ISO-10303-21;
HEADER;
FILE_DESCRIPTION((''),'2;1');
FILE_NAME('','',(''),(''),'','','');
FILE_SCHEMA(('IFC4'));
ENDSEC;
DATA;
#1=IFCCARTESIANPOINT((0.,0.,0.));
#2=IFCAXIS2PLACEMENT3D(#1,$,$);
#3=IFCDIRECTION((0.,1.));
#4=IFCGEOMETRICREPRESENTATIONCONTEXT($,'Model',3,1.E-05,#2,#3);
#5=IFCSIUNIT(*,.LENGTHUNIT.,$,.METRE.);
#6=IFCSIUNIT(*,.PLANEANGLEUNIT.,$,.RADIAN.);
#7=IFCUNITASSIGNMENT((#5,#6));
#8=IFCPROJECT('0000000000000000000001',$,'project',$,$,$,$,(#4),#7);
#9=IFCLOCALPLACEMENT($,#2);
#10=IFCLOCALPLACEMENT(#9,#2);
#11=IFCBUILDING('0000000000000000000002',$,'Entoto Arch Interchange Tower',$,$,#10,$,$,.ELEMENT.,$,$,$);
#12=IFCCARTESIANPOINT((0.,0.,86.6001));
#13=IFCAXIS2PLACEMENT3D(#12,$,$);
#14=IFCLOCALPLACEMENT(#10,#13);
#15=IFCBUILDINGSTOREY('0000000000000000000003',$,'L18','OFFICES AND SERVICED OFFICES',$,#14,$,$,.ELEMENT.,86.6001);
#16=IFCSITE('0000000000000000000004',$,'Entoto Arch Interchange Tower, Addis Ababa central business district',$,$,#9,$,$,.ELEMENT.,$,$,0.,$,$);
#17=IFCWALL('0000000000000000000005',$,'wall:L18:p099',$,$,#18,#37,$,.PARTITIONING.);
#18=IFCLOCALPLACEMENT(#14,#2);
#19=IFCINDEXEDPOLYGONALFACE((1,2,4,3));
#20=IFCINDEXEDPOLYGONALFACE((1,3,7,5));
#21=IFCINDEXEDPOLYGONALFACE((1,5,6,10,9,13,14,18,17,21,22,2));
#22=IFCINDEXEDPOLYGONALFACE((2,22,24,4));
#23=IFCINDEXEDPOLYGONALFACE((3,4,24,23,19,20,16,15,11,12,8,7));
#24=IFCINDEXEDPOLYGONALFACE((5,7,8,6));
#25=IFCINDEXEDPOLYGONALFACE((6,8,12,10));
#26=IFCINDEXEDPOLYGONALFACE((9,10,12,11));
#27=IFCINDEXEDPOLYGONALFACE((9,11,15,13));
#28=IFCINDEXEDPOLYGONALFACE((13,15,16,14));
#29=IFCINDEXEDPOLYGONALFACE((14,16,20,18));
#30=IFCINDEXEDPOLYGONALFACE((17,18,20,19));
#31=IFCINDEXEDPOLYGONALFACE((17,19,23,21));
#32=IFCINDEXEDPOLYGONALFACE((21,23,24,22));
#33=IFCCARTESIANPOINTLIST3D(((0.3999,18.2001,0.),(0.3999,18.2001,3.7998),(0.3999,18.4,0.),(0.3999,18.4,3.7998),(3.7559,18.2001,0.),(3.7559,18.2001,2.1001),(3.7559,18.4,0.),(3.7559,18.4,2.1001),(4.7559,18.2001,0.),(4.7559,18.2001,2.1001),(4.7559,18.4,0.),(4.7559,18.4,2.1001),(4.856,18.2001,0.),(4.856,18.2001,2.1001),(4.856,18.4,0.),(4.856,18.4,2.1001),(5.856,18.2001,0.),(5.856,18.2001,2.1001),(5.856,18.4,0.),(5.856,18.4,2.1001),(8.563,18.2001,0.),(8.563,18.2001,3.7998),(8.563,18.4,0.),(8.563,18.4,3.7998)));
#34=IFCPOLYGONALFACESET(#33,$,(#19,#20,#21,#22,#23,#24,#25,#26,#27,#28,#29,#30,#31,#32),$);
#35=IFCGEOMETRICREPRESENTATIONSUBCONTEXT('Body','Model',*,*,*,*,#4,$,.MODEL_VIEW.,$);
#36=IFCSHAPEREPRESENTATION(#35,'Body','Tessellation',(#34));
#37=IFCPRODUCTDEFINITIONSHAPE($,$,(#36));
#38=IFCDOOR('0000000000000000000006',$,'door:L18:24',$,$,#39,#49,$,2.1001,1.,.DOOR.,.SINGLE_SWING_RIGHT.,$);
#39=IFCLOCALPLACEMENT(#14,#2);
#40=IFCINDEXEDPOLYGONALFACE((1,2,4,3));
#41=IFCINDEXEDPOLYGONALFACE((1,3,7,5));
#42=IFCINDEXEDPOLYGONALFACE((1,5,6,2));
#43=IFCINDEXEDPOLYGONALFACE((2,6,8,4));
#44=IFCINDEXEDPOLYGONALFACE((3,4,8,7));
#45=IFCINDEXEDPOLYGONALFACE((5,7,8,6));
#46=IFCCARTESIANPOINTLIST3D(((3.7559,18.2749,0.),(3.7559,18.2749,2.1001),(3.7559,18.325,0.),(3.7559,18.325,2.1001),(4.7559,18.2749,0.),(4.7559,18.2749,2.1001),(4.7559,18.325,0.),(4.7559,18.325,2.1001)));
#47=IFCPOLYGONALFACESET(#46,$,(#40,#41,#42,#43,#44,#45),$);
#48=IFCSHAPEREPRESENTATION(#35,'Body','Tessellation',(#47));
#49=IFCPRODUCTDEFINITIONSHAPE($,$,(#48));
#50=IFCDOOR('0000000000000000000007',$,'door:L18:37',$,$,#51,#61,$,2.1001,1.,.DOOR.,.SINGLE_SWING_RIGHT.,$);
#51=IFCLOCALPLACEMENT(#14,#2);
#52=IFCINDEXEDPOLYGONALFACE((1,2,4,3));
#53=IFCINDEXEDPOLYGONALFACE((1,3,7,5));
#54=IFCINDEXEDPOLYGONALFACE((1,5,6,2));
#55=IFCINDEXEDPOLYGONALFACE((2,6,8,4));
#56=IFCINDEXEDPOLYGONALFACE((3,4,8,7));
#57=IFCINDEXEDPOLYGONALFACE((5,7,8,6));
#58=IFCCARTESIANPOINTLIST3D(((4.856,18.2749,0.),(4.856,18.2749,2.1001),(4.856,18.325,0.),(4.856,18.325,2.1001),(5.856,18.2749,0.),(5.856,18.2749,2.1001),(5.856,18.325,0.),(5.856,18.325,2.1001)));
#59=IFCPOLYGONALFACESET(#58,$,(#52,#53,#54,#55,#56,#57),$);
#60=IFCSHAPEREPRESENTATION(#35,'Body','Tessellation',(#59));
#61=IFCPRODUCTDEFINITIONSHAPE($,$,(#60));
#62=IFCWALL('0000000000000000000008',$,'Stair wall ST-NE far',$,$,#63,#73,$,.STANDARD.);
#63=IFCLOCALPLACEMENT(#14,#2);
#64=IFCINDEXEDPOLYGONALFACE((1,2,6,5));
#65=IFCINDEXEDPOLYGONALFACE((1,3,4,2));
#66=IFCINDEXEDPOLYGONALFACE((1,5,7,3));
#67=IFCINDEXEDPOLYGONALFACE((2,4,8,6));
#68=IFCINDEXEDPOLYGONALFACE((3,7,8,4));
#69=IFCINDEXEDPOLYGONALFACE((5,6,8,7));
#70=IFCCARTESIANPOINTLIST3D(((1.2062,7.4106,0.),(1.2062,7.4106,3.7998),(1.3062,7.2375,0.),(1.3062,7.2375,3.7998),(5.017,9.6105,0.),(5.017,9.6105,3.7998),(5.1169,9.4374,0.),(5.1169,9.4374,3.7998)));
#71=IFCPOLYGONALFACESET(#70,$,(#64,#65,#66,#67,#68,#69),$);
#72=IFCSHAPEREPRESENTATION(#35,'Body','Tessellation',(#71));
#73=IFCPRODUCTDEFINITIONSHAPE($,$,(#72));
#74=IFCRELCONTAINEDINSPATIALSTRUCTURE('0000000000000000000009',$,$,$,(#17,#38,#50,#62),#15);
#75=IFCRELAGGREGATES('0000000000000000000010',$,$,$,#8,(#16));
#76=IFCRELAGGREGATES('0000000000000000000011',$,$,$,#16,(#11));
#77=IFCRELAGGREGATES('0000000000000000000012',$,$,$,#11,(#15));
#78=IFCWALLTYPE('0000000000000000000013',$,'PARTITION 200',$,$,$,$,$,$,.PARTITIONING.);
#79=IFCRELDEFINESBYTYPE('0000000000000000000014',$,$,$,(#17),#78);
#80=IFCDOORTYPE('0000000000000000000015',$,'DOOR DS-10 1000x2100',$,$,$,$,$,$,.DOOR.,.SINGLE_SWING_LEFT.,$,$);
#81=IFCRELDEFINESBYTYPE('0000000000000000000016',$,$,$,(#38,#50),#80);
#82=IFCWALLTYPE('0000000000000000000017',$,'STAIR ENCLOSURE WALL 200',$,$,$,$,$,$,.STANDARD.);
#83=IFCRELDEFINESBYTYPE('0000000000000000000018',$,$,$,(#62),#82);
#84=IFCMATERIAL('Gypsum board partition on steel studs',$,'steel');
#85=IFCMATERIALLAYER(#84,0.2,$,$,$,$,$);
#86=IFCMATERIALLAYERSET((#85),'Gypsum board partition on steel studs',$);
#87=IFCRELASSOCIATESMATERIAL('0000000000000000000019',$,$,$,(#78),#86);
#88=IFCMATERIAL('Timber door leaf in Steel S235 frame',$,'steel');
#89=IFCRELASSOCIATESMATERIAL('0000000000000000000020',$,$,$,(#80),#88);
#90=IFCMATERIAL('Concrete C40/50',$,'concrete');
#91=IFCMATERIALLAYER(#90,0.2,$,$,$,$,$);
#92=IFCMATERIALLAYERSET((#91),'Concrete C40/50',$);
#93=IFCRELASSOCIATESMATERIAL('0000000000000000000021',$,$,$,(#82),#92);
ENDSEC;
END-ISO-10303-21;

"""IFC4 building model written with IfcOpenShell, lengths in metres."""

from ifc_helpers import new_model, si_unit, direction, frame, frame_2d, origin, place, context, subcontext, project, spatial, rectangle, extrude, material, layer, layer_set, type_object, element, fill, save


model = new_model("IFC4")

# Units and contexts
model_context = context("Model", 3, precision=1e-05, world=origin(), true_north=direction((0.0, 1.0)))
body_context = subcontext(model_context, "Body", "Model", "MODEL_VIEW")
ifc_project = project(units=[si_unit("LENGTHUNIT", "METRE"), si_unit("PLANEANGLEUNIT", "RADIAN")], contexts=[model_context])

# Site, building, storey
site_placement = place(None, origin())
site = spatial("IfcSite", under=ifc_project, at=site_placement, Name="Entoto Arch Interchange Tower, Addis Ababa central business district", CompositionType="ELEMENT", RefElevation=0.0)
building_placement = place(site_placement, origin())
building = spatial("IfcBuilding", under=site, at=building_placement, Name="Entoto Arch Interchange Tower", CompositionType="ELEMENT")
storey_placement = place(building_placement, frame((0.0, 0.0, 86.6001)))
storey = spatial("IfcBuildingStorey", under=building, at=storey_placement, Name="L18", Description="OFFICES AND SERVICED OFFICES", CompositionType="ELEMENT", Elevation=86.6001)

# Shared definitions
ifc_material_1 = material(Name="Concrete C40/50", Category="concrete")

# Shared definitions
ifc_material_2 = material(Name="Gypsum board partition on steel studs", Category="steel")
ifc_layer_1 = layer(ifc_material_2, 0.2)
ifc_layer_set_1 = layer_set([ifc_layer_1], Name="Gypsum board partition on steel studs")
wall_type_1 = type_object("IfcWallType", Name="PARTITION 200", PredefinedType="PARTITIONING", material=ifc_layer_set_1)

# Wall, openings, doors
wall_1_placement = place(storey_placement, frame((0.3999, 18.3, 0.0), z_axis=(0.0, 0.0, 1.0), x_axis=(1.0, 0.0, 0.0)))
wall_1 = element("IfcWall", 1, at=wall_1_placement, inside=storey, type_object=wall_type_1, Name="wall:L18:p099", PredefinedType="PARTITIONING", context=body_context, shape_type="SweptSolid", body=[
    extrude(rectangle(XDim=8.1631, YDim=0.2, at=frame_2d((4.0815, 0.0))), origin(), (0.0, 0.0, 1.0), 3.7998),
])
opening_1_placement = place(wall_1_placement, frame((3.356, 0.0, 0.0)))
opening_1 = element("IfcOpeningElement", 2, at=opening_1_placement, cuts=wall_1, PredefinedType="OPENING", context=body_context, shape_type="SweptSolid", body=[
    extrude(rectangle(XDim=1.0, YDim=2.1001, at=frame_2d((0.5, 1.05))), frame((0.0, 0.1099, 0.0), z_axis=(0.0, -1.0, 0.0), x_axis=(1.0, 0.0, 0.0)), (0.0, 0.0, 1.0), 0.22),
])
opening_2_placement = place(wall_1_placement, frame((4.4561, 0.0, 0.0)))
opening_2 = element("IfcOpeningElement", 3, at=opening_2_placement, cuts=wall_1, PredefinedType="OPENING", context=body_context, shape_type="SweptSolid", body=[
    extrude(rectangle(XDim=1.0, YDim=2.1001, at=frame_2d((0.5, 1.05))), frame((0.0, 0.1099, 0.0), z_axis=(0.0, -1.0, 0.0), x_axis=(1.0, 0.0, 0.0)), (0.0, 0.0, 1.0), 0.22),
])
ifc_material_3 = material(Name="Timber door leaf in Steel S235 frame", Category="steel")
door_type_1 = type_object("IfcDoorType", Name="DOOR DS-10 1000x2100", OperationType="SINGLE_SWING_LEFT", PredefinedType="DOOR", material=ifc_material_3)
door_1_placement = place(opening_1_placement, origin())
door_1 = element("IfcDoor", 4, at=door_1_placement, inside=storey, type_object=door_type_1, Name="door:L18:24", OperationType="SINGLE_SWING_RIGHT", OverallHeight=2.1001, OverallWidth=1.0, PredefinedType="DOOR", context=body_context, shape_type="SweptSolid", body=[
    extrude(rectangle(XDim=1.0, YDim=2.1001, at=frame_2d((0.5, 1.05))), frame((0.0, 0.0249, 0.0), z_axis=(0.0, -1.0, 0.0), x_axis=(1.0, 0.0, 0.0)), (0.0, 0.0, 1.0), 0.05),
])
fill(opening_1, door_1)
door_2_placement = place(opening_2_placement, origin())
door_2 = element("IfcDoor", 5, at=door_2_placement, inside=storey, type_object=door_type_1, Name="door:L18:37", OperationType="SINGLE_SWING_RIGHT", OverallHeight=2.1001, OverallWidth=1.0, PredefinedType="DOOR", context=body_context, shape_type="SweptSolid", body=[
    extrude(rectangle(XDim=1.0, YDim=2.1001, at=frame_2d((0.5, 1.05))), frame((0.0, 0.0249, 0.0), z_axis=(0.0, -1.0, 0.0), x_axis=(1.0, 0.0, 0.0)), (0.0, 0.0, 1.0), 0.05),
])
fill(opening_2, door_2)

# Wall
ifc_layer_2 = layer(ifc_material_1, 0.2)
ifc_layer_set_2 = layer_set([ifc_layer_2], Name="Concrete C40/50")
wall_type_2 = type_object("IfcWallType", Name="STAIR ENCLOSURE WALL 200", PredefinedType="STANDARD", material=ifc_layer_set_2)
wall_2_placement = place(storey_placement, frame((1.2561, 7.324, 0.0), z_axis=(0.0, 0.0, 1.0), x_axis=(0.866046, 0.499964, 0.0)))
element("IfcWall", 6, at=wall_2_placement, inside=storey, type_object=wall_type_2, Name="Stair wall ST-NE far", PredefinedType="STANDARD", context=body_context, shape_type="SweptSolid", body=[
    extrude(rectangle(XDim=4.4001, YDim=0.2, at=frame_2d((2.2002, 0.0))), origin(), (0.0, 0.0, 1.0), 3.7998),
])

save(model, "model.ifc")
